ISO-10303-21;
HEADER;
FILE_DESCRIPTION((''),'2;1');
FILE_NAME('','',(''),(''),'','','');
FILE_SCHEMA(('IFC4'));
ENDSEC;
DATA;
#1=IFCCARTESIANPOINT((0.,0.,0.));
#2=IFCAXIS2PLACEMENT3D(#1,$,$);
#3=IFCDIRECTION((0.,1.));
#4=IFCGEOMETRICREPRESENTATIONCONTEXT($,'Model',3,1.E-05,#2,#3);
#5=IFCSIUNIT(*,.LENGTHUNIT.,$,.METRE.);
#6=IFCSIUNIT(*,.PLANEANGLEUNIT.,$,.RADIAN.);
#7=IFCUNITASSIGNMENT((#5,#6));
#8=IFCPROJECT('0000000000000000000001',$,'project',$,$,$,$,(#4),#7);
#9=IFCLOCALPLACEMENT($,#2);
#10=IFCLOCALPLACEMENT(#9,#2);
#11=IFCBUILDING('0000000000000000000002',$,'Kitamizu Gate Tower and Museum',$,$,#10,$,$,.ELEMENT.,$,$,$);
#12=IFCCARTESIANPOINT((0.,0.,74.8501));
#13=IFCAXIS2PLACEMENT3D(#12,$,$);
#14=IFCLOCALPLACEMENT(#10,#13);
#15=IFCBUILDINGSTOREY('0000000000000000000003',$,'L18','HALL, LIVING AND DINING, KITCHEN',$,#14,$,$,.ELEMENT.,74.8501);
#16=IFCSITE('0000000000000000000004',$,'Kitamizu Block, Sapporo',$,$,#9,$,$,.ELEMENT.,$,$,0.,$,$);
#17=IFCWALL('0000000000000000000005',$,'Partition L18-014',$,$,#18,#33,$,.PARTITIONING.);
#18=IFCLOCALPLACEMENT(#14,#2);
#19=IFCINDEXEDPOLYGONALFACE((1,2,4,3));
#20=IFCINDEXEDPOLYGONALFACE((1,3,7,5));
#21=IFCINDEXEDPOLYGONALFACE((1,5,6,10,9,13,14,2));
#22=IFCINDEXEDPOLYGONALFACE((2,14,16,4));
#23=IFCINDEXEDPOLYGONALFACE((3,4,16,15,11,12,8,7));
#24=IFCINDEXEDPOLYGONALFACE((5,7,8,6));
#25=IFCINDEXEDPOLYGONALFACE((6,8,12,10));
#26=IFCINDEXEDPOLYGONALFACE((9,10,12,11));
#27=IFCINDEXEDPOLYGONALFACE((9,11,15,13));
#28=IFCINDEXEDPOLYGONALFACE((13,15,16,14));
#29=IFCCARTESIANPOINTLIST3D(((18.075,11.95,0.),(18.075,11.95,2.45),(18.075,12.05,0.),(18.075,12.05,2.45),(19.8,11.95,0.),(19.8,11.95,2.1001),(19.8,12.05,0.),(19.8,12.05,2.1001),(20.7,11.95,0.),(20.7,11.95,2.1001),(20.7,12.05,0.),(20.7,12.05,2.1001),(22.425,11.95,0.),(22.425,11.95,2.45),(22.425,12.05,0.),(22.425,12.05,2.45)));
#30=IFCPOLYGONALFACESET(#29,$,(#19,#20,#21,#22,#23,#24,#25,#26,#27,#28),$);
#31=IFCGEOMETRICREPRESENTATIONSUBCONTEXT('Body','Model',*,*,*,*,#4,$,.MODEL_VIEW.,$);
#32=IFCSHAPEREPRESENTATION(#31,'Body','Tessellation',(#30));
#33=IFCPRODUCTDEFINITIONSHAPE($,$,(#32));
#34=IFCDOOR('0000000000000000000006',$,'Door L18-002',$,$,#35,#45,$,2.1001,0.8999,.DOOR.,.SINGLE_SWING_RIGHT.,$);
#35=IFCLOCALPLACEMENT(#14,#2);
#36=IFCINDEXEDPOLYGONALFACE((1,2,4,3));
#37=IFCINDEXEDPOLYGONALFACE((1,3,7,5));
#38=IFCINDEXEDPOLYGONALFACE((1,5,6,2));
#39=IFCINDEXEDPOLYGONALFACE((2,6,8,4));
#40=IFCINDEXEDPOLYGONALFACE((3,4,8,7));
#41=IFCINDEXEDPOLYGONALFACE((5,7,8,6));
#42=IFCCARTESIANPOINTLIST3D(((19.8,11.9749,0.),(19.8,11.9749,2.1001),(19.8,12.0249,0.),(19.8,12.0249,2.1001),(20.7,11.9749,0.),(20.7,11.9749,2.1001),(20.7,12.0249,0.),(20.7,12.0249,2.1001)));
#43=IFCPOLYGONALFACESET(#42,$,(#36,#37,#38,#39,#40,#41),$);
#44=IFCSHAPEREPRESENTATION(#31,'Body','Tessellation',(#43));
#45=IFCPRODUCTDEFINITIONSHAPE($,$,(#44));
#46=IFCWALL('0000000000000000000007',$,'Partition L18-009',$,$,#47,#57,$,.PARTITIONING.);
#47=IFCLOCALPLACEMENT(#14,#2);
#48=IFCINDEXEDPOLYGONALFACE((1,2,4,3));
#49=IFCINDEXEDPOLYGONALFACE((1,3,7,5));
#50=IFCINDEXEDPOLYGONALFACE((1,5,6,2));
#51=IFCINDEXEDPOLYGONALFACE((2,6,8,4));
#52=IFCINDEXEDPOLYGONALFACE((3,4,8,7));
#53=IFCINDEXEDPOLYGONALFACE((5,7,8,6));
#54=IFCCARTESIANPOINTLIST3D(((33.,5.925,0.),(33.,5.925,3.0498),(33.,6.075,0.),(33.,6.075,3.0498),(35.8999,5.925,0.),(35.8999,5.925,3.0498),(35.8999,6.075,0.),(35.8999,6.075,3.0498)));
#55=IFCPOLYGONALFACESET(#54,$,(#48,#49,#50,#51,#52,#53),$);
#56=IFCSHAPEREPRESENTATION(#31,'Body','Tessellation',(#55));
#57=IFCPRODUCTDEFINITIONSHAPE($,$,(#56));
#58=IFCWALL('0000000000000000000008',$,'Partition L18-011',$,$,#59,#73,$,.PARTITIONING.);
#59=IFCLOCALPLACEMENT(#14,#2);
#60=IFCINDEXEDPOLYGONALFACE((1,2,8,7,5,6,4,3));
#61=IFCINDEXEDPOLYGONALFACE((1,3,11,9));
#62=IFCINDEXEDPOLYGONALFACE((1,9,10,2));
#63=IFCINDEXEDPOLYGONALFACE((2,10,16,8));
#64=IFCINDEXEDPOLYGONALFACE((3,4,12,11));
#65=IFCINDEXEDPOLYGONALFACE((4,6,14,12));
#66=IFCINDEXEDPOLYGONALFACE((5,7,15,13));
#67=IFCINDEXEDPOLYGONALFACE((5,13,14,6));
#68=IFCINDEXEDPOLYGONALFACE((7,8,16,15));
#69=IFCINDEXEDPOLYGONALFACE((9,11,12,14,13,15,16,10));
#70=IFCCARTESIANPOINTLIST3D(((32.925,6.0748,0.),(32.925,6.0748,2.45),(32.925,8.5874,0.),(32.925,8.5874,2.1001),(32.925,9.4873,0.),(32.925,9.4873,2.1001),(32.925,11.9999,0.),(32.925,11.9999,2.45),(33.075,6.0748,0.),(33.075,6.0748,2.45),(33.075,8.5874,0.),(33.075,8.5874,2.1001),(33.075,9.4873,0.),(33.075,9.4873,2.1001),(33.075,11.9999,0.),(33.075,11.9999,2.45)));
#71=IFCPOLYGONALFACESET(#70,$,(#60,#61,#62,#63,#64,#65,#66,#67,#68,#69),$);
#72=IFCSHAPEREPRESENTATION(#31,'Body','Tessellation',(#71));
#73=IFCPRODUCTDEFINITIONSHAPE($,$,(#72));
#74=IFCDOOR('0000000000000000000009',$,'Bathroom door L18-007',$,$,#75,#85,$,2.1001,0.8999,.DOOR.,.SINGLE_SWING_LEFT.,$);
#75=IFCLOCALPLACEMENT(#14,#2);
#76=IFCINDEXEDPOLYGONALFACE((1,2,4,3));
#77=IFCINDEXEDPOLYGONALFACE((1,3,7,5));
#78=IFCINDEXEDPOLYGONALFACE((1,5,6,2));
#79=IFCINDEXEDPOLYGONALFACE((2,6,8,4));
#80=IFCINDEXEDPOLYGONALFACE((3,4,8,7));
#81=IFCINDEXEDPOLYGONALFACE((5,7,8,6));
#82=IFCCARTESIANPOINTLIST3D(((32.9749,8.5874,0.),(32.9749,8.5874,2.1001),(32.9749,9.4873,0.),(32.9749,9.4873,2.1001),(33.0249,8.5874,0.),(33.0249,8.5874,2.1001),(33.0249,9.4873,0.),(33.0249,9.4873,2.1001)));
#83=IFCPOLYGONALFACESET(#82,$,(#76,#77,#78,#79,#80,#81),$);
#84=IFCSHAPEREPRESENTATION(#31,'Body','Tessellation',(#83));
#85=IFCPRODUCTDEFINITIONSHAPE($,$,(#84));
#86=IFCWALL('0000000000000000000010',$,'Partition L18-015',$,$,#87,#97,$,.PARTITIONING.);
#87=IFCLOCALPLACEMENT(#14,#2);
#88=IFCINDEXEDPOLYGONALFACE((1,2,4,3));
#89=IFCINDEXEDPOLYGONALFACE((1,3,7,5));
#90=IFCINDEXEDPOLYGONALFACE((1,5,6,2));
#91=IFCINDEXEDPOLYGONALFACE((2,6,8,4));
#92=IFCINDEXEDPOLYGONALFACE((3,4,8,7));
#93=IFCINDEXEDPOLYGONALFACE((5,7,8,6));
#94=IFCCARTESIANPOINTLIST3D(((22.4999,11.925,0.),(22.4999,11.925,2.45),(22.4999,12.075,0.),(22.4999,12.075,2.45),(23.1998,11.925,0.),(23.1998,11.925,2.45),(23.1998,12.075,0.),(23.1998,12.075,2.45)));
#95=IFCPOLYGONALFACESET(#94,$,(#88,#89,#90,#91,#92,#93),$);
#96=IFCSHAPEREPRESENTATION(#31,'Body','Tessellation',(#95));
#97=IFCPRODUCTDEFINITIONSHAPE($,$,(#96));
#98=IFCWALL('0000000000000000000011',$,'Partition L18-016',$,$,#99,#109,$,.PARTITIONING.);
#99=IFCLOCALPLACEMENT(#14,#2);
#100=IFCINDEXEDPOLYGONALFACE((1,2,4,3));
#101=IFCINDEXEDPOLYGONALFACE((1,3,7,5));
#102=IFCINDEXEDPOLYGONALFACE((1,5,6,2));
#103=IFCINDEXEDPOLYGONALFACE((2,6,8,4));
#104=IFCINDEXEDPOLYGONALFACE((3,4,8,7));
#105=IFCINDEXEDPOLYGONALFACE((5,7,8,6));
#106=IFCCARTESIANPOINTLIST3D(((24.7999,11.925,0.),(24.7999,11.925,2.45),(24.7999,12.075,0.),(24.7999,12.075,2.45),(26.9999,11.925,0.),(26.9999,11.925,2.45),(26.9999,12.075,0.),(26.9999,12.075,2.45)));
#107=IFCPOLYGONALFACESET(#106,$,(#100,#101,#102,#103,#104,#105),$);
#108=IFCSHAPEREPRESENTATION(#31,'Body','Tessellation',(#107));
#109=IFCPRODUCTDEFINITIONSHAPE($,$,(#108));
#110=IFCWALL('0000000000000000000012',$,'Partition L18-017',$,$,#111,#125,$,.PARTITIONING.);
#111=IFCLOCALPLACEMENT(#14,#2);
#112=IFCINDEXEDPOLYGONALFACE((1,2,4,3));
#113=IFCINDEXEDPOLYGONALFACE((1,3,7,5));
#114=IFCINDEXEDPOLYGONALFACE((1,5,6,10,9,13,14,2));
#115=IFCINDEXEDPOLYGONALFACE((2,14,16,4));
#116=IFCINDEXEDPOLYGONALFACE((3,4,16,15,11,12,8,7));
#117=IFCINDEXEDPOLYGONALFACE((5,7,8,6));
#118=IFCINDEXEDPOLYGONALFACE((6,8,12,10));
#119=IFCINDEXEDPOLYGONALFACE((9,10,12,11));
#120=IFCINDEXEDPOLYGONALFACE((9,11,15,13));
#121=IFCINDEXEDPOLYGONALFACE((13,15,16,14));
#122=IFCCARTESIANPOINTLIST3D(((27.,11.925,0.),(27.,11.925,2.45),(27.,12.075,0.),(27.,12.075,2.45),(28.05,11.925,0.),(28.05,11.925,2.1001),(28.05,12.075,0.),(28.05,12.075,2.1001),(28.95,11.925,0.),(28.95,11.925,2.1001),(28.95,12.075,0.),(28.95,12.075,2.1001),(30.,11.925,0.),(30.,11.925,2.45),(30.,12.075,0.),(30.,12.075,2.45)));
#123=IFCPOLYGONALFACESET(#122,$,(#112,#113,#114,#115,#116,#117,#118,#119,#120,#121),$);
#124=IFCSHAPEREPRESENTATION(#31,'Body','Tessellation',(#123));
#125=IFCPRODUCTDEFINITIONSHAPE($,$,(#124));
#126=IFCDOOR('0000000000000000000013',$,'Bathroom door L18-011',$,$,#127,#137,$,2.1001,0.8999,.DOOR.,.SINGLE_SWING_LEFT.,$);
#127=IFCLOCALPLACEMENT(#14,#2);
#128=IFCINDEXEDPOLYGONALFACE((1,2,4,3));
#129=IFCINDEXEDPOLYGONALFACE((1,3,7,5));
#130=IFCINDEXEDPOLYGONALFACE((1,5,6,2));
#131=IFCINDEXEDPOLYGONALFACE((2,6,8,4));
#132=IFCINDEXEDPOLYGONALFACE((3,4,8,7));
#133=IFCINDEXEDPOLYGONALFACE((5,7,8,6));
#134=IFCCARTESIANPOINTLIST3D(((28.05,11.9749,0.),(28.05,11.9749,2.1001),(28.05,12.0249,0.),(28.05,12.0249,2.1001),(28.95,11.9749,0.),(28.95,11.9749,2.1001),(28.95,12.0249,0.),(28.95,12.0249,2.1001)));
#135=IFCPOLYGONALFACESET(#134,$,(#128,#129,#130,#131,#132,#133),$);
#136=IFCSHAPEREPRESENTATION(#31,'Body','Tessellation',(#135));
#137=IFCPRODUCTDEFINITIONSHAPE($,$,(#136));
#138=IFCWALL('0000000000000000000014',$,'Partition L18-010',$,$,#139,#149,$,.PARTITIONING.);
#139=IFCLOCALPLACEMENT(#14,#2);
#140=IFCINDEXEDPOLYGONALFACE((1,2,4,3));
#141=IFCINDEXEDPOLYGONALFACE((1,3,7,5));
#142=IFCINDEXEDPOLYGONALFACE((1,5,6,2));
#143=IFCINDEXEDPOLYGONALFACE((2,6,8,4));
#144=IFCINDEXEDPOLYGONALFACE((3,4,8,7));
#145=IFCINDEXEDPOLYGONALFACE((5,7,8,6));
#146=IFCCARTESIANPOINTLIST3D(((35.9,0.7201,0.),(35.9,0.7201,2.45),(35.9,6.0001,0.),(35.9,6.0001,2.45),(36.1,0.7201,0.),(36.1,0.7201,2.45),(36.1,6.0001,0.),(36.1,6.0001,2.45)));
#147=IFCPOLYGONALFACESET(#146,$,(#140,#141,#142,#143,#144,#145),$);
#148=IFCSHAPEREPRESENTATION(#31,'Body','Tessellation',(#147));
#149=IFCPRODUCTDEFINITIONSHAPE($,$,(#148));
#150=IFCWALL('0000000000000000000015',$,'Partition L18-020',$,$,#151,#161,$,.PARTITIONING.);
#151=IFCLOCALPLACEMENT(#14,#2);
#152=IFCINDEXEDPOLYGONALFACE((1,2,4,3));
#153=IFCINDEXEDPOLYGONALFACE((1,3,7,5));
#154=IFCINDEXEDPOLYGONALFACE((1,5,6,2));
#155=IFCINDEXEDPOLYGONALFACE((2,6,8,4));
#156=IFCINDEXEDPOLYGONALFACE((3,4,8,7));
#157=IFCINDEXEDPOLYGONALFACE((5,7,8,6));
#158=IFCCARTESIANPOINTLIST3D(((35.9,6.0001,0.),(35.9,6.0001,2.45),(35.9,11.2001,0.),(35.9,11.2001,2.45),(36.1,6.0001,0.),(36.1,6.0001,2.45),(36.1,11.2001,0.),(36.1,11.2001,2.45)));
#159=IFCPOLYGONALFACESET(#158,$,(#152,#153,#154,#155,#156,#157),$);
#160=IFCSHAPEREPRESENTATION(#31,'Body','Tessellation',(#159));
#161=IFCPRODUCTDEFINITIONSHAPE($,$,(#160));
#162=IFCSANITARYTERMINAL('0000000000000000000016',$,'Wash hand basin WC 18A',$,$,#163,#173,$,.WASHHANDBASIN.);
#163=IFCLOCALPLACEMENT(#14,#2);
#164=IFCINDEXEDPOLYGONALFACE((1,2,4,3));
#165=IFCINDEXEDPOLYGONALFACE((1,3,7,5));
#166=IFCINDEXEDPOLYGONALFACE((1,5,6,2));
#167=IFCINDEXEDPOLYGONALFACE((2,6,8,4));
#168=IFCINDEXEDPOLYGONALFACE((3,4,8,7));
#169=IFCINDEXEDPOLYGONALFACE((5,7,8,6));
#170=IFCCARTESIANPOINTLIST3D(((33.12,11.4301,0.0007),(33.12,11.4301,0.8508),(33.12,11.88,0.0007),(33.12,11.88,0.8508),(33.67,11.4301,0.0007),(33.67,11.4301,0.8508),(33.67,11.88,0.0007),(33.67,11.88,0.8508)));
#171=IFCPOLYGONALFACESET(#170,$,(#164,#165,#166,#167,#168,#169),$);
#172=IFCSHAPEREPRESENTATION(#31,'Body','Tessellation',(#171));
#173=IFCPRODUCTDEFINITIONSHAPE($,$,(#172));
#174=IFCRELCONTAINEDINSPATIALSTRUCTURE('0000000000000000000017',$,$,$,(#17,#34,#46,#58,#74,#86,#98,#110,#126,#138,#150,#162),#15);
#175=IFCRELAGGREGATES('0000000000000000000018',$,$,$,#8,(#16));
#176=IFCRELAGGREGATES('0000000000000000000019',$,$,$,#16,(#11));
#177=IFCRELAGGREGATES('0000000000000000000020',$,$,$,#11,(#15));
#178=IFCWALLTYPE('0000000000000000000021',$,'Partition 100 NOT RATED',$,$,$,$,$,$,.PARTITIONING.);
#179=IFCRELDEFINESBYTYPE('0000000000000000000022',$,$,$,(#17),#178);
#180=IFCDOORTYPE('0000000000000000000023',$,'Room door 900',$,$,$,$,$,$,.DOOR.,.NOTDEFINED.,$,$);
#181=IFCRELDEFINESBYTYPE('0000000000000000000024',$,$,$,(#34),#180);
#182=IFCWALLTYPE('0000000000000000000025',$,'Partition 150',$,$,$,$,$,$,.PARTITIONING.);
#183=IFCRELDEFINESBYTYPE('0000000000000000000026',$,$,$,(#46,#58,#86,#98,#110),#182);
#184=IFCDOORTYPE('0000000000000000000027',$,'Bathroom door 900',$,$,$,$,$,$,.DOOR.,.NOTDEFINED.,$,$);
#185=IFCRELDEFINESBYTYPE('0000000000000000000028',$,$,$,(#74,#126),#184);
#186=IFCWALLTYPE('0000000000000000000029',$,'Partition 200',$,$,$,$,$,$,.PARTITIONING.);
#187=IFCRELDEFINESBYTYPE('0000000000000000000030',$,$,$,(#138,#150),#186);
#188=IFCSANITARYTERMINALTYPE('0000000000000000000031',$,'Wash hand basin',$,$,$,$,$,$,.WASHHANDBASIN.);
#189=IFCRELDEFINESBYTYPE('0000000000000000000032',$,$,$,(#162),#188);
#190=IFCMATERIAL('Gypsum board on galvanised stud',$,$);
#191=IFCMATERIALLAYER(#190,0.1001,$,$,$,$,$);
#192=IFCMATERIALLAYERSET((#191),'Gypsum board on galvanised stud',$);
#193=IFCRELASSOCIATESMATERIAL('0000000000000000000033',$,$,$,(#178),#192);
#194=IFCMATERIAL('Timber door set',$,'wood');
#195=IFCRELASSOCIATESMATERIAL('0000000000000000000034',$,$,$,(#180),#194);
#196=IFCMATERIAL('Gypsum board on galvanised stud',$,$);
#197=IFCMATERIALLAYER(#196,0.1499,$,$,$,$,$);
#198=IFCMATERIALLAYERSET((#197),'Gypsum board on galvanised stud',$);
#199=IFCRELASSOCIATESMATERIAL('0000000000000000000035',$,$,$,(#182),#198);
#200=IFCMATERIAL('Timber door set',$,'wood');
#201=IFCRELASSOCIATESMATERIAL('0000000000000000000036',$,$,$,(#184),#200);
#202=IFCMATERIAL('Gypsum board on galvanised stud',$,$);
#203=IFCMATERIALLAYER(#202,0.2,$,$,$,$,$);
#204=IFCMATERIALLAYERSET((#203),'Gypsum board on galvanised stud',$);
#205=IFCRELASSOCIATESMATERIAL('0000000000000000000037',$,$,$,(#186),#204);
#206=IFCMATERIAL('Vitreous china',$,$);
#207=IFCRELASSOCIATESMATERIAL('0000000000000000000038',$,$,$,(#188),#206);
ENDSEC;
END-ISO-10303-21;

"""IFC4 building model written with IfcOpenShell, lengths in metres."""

from ifc_helpers import new_model, si_unit, direction, frame, frame_2d, origin, origin_2d, place, context, subcontext, project, spatial, rectangle, extrude, material, layer, layer_set, type_object, element, fill, save


model = new_model("IFC4")

# Units and contexts
model_context = context("Model", 3, precision=1e-05, world=origin(), true_north=direction((0.0, 1.0)))
body_context = subcontext(model_context, "Body", "Model", "MODEL_VIEW")
ifc_project = project(units=[si_unit("LENGTHUNIT", "METRE"), si_unit("PLANEANGLEUNIT", "RADIAN")], contexts=[model_context])

# Site, building, storey
site_placement = place(None, origin())
site = spatial("IfcSite", under=ifc_project, at=site_placement, Name="Kitamizu Block, Sapporo", CompositionType="ELEMENT", RefElevation=0.0)
building_placement = place(site_placement, origin())
building = spatial("IfcBuilding", under=site, at=building_placement, Name="Kitamizu Gate Tower and Museum", CompositionType="ELEMENT")
storey_placement = place(building_placement, frame((0.0, 0.0, 74.8501)))
storey = spatial("IfcBuildingStorey", under=building, at=storey_placement, Name="L18", Description="HALL, LIVING AND DINING, KITCHEN", CompositionType="ELEMENT", Elevation=74.8501)

# Shared definitions
ifc_material_1 = material(Name="Gypsum board on galvanised stud")
ifc_layer_1 = layer(ifc_material_1, 0.1001)
ifc_layer_set_1 = layer_set([ifc_layer_1], Name="Gypsum board on galvanised stud")
wall_type_1 = type_object("IfcWallType", Name="Partition 100 NOT RATED", PredefinedType="PARTITIONING", material=ifc_layer_set_1)
ifc_material_2 = material(Name="Timber door set", Category="wood")
door_type_1 = type_object("IfcDoorType", Name="Room door 900", OperationType="NOTDEFINED", PredefinedType="DOOR", material=ifc_material_2)

# Wall, opening, door
wall_1_placement = place(storey_placement, frame((22.425, 12.0, 0.0), z_axis=(0.0, 0.0, 1.0), x_axis=(-1.0, 0.0, 0.0)))
wall_1 = element("IfcWall", 1, at=wall_1_placement, inside=storey, type_object=wall_type_1, Name="Partition L18-014", PredefinedType="PARTITIONING", context=body_context, shape_type="SweptSolid", body=[
    extrude(rectangle(XDim=4.3501, YDim=0.1001, at=frame_2d((2.175, 0.0))), origin(), (0.0, 0.0, 1.0), 2.45),
])
opening_1_placement = place(wall_1_placement, frame((1.7251, 0.0, 0.0)))
opening_1 = element("IfcOpeningElement", 2, at=opening_1_placement, cuts=wall_1, PredefinedType="OPENING", context=body_context, shape_type="SweptSolid", body=[
    extrude(rectangle(XDim=0.8999, YDim=2.1001, at=frame_2d((0.45, 1.05))), frame((0.0, 0.0601, 0.0), z_axis=(0.0, -1.0, 0.0), x_axis=(1.0, 0.0, 0.0)), (0.0, 0.0, 1.0), 0.1201),
])
door_1_placement = place(opening_1_placement, frame((0.8999, 0.0, 0.0), x_axis=(-1.0, 0.0, 0.0)))
door_1 = element("IfcDoor", 3, at=door_1_placement, inside=storey, type_object=door_type_1, Name="Door L18-002", OperationType="SINGLE_SWING_RIGHT", OverallHeight=2.1001, OverallWidth=0.8999, PredefinedType="DOOR", context=body_context, shape_type="SweptSolid", body=[
    extrude(rectangle(XDim=0.8999, YDim=2.1001, at=frame_2d((0.45, 1.05))), frame((0.0, 0.0249, 0.0), z_axis=(0.0, -1.0, 0.0), x_axis=(1.0, 0.0, 0.0)), (0.0, 0.0, 1.0), 0.05),
])
fill(opening_1, door_1)

# Wall
ifc_material_3 = material(Name="Gypsum board on galvanised stud")
ifc_layer_2 = layer(ifc_material_3, 0.1499)
ifc_layer_set_2 = layer_set([ifc_layer_2], Name="Gypsum board on galvanised stud")
wall_type_2 = type_object("IfcWallType", Name="Partition 150", PredefinedType="PARTITIONING", material=ifc_layer_set_2)
wall_2_placement = place(storey_placement, frame((35.8999, 6.0, 0.0), z_axis=(0.0, 0.0, 1.0), x_axis=(-1.0, 0.0, 0.0)))
element("IfcWall", 4, at=wall_2_placement, inside=storey, type_object=wall_type_2, Name="Partition L18-009", PredefinedType="PARTITIONING", context=body_context, shape_type="SweptSolid", body=[
    extrude(rectangle(XDim=2.8999, YDim=0.1499, at=frame_2d((1.45, 0.0))), origin(), (0.0, 0.0, 1.0), 3.0498),
])

# Wall, opening, door
wall_3_placement = place(storey_placement, frame((33.0, 6.075, 0.0), z_axis=(0.0, 0.0, 1.0), x_axis=(0.0, 1.0, 0.0)))
wall_3 = element("IfcWall", 5, at=wall_3_placement, inside=storey, type_object=wall_type_2, Name="Partition L18-011", PredefinedType="PARTITIONING", context=body_context, shape_type="SweptSolid", body=[
    extrude(rectangle(XDim=5.925, YDim=0.1499, at=frame_2d((2.9624, 0.0))), origin(), (0.0, 0.0, 1.0), 2.45),
])
opening_2_placement = place(wall_3_placement, frame((2.5125, 0.0, 0.0)))
opening_2 = element("IfcOpeningElement", 6, at=opening_2_placement, cuts=wall_3, PredefinedType="OPENING", context=body_context, shape_type="SweptSolid", body=[
    extrude(rectangle(XDim=0.8999, YDim=2.1001, at=frame_2d((0.45, 1.05))), frame((0.0, 0.085, 0.0), z_axis=(0.0, -1.0, 0.0), x_axis=(1.0, 0.0, 0.0)), (0.0, 0.0, 1.0), 0.1699),
])
ifc_material_4 = material(Name="Timber door set", Category="wood")
door_type_2 = type_object("IfcDoorType", Name="Bathroom door 900", OperationType="NOTDEFINED", PredefinedType="DOOR", material=ifc_material_4)
door_2_placement = place(opening_2_placement, frame((0.8999, 0.0, 0.0), x_axis=(-1.0, 0.0, 0.0)))
door_2 = element("IfcDoor", 7, at=door_2_placement, inside=storey, type_object=door_type_2, Name="Bathroom door L18-007", OperationType="SINGLE_SWING_LEFT", OverallHeight=2.1001, OverallWidth=0.8999, PredefinedType="DOOR", context=body_context, shape_type="SweptSolid", body=[
    extrude(rectangle(XDim=0.8999, YDim=2.1001, at=frame_2d((0.45, 1.05))), frame((0.0, 0.0249, 0.0), z_axis=(0.0, -1.0, 0.0), x_axis=(1.0, 0.0, 0.0)), (0.0, 0.0, 1.0), 0.05),
])
fill(opening_2, door_2)

# Walls
wall_4_placement = place(storey_placement, frame((23.2, 12.0, 0.0), z_axis=(0.0, 0.0, 1.0), x_axis=(-1.0, 0.0, 0.0)))
element("IfcWall", 8, at=wall_4_placement, inside=storey, type_object=wall_type_2, Name="Partition L18-015", PredefinedType="PARTITIONING", context=body_context, shape_type="SweptSolid", body=[
    extrude(rectangle(XDim=0.7, YDim=0.1499, at=frame_2d((0.3501, 0.0))), origin(), (0.0, 0.0, 1.0), 2.45),
])
wall_5_placement = place(storey_placement, frame((27.0, 12.0, 0.0), z_axis=(0.0, 0.0, 1.0), x_axis=(-1.0, 0.0, 0.0)))
element("IfcWall", 9, at=wall_5_placement, inside=storey, type_object=wall_type_2, Name="Partition L18-016", PredefinedType="PARTITIONING", context=body_context, shape_type="SweptSolid", body=[
    extrude(rectangle(XDim=2.2, YDim=0.1499, at=frame_2d((1.1001, 0.0))), origin(), (0.0, 0.0, 1.0), 2.45),
])

# Wall, opening, door
wall_6_placement = place(storey_placement, frame((30.0, 12.0, 0.0), z_axis=(0.0, 0.0, 1.0), x_axis=(-1.0, 0.0, 0.0)))
wall_6 = element("IfcWall", 10, at=wall_6_placement, inside=storey, type_object=wall_type_2, Name="Partition L18-017", PredefinedType="PARTITIONING", context=body_context, shape_type="SweptSolid", body=[
    extrude(rectangle(XDim=3.0, YDim=0.1499, at=frame_2d((1.5, 0.0))), origin(), (0.0, 0.0, 1.0), 2.45),
])
opening_3_placement = place(wall_6_placement, frame((1.05, 0.0, 0.0)))
opening_3 = element("IfcOpeningElement", 11, at=opening_3_placement, cuts=wall_6, PredefinedType="OPENING", context=body_context, shape_type="SweptSolid", body=[
    extrude(rectangle(XDim=0.8999, YDim=2.1001, at=frame_2d((0.45, 1.05))), frame((0.0, 0.085, 0.0), z_axis=(0.0, -1.0, 0.0), x_axis=(1.0, 0.0, 0.0)), (0.0, 0.0, 1.0), 0.1699),
])
door_3_placement = place(opening_3_placement, frame((0.8999, 0.0, 0.0), x_axis=(-1.0, 0.0, 0.0)))
door_3 = element("IfcDoor", 12, at=door_3_placement, inside=storey, type_object=door_type_2, Name="Bathroom door L18-011", OperationType="SINGLE_SWING_LEFT", OverallHeight=2.1001, OverallWidth=0.8999, PredefinedType="DOOR", context=body_context, shape_type="SweptSolid", body=[
    extrude(rectangle(XDim=0.8999, YDim=2.1001, at=frame_2d((0.45, 1.05))), frame((0.0, 0.0249, 0.0), z_axis=(0.0, -1.0, 0.0), x_axis=(1.0, 0.0, 0.0)), (0.0, 0.0, 1.0), 0.05),
])
fill(opening_3, door_3)

# Walls
ifc_material_5 = material(Name="Gypsum board on galvanised stud")
ifc_layer_3 = layer(ifc_material_5, 0.2)
ifc_layer_set_3 = layer_set([ifc_layer_3], Name="Gypsum board on galvanised stud")
wall_type_3 = type_object("IfcWallType", Name="Partition 200", PredefinedType="PARTITIONING", material=ifc_layer_set_3)
wall_7_placement = place(storey_placement, frame((36.0, 0.72, 0.0), z_axis=(0.0, 0.0, 1.0), x_axis=(0.0, 1.0, 0.0)))
element("IfcWall", 13, at=wall_7_placement, inside=storey, type_object=wall_type_3, Name="Partition L18-010", PredefinedType="PARTITIONING", context=body_context, shape_type="SweptSolid", body=[
    extrude(rectangle(XDim=5.28, YDim=0.2, at=frame_2d((2.6401, 0.0))), origin(), (0.0, 0.0, 1.0), 2.45),
])
wall_8_placement = place(storey_placement, frame((36.0, 6.0, 0.0), z_axis=(0.0, 0.0, 1.0), x_axis=(0.0, 1.0, 0.0)))
element("IfcWall", 14, at=wall_8_placement, inside=storey, type_object=wall_type_3, Name="Partition L18-020", PredefinedType="PARTITIONING", context=body_context, shape_type="SweptSolid", body=[
    extrude(rectangle(XDim=5.2, YDim=0.2, at=frame_2d((2.6001, 0.0))), origin(), (0.0, 0.0, 1.0), 2.45),
])

# Sanitary terminal
ifc_material_6 = material(Name="Vitreous china")
sanitary_terminal_type_1 = type_object("IfcSanitaryTerminalType", Name="Wash hand basin", PredefinedType="WASHHANDBASIN", material=ifc_material_6)
sanitary_terminal_1_placement = place(storey_placement, frame((33.395, 11.655, 0.0007), z_axis=(0.0, 0.0, 1.0), x_axis=(1.0, 0.0, 0.0)))
element("IfcSanitaryTerminal", 15, at=sanitary_terminal_1_placement, inside=storey, type_object=sanitary_terminal_type_1, Name="Wash hand basin WC 18A", PredefinedType="WASHHANDBASIN", context=body_context, shape_type="SweptSolid", body=[
    extrude(rectangle(XDim=0.55, YDim=0.45, at=origin_2d()), origin(), (0.0, 0.0, 1.0), 0.8501),
])

save(model, "model.ifc")
